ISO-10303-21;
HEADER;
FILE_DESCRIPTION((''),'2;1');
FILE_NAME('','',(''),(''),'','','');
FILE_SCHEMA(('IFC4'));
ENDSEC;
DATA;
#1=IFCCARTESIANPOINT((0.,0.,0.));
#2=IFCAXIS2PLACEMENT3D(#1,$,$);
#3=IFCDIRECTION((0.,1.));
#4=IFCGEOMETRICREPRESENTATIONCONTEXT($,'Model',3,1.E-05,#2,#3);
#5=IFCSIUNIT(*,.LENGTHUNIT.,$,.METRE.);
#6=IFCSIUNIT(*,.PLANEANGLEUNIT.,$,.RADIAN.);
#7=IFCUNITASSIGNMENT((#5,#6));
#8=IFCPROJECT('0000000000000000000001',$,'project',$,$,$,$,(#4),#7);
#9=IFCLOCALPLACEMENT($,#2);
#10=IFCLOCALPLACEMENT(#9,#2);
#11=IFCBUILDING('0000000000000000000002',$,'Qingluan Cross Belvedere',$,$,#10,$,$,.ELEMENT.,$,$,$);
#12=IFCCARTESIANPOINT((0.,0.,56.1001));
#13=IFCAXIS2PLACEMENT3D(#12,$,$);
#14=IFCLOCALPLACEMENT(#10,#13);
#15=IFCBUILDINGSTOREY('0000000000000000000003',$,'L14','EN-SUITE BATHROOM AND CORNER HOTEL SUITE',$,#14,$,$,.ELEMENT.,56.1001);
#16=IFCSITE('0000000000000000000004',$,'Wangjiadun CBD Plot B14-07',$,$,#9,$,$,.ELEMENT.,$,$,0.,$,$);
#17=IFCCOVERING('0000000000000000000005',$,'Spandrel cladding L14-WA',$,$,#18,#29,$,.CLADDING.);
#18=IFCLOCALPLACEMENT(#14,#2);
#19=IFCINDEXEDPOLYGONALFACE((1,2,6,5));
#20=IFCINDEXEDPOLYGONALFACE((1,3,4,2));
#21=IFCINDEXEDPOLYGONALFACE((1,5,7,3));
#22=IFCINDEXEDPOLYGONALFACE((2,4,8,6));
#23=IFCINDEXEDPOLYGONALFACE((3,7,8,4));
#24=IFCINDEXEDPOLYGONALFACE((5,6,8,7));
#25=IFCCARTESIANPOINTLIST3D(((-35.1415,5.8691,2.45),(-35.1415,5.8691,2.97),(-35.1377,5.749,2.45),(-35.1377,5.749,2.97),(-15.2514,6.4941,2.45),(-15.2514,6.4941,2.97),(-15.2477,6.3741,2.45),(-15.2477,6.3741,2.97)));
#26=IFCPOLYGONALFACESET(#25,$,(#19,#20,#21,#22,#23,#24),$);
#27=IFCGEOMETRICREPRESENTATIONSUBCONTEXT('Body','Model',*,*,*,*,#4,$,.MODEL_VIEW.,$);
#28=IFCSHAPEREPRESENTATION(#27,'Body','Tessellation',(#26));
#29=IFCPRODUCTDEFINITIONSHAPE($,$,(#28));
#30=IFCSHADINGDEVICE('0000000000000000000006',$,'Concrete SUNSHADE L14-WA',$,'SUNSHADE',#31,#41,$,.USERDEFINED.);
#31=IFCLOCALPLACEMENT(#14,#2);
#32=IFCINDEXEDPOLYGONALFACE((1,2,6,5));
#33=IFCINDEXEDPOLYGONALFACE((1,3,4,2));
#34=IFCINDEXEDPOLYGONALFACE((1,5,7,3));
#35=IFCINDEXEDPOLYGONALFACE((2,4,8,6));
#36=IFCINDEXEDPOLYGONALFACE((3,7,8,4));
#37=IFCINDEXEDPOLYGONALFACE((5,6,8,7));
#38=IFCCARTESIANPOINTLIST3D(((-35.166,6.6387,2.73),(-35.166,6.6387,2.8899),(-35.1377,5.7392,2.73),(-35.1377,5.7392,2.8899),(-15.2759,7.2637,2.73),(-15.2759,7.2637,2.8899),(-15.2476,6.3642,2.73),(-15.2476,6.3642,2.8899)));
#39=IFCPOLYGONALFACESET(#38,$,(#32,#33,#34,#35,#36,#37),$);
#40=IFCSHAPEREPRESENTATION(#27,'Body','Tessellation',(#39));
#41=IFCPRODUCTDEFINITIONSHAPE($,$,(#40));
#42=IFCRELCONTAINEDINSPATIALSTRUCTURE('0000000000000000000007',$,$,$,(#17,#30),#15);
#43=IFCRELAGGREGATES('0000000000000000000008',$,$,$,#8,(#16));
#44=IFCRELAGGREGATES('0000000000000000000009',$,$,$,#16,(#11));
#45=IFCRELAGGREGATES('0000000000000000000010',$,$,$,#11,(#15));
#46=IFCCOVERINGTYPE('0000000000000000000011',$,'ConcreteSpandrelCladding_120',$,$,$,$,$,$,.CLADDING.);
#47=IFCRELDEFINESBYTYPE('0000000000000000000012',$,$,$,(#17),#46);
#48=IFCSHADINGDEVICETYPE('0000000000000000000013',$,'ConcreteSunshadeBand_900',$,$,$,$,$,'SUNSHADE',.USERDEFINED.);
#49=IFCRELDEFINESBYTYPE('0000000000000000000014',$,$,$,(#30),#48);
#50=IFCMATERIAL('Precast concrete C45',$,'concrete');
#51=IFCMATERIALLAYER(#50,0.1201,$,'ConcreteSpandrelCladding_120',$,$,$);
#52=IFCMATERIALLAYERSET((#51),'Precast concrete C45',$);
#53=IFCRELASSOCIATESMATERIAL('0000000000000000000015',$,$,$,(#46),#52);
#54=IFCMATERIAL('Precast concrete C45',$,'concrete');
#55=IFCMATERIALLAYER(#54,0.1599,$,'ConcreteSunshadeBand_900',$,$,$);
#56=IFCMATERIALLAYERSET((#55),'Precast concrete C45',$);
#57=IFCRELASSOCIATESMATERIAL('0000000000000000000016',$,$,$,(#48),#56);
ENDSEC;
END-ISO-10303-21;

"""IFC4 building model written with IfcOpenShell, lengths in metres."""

from ifc_helpers import new_model, si_unit, direction, frame, origin, origin_2d, place, context, subcontext, project, spatial, rectangle, extrude, material, layer, layer_set, type_object, element, save


model = new_model("IFC4")

# Units and contexts
model_context = context("Model", 3, precision=1e-05, world=origin(), true_north=direction((0.0, 1.0)))
body_context = subcontext(model_context, "Body", "Model", "MODEL_VIEW")
ifc_project = project(units=[si_unit("LENGTHUNIT", "METRE"), si_unit("PLANEANGLEUNIT", "RADIAN")], contexts=[model_context])

# Site, building, storey
site_placement = place(None, origin())
site = spatial("IfcSite", under=ifc_project, at=site_placement, Name="Wangjiadun CBD Plot B14-07", CompositionType="ELEMENT", RefElevation=0.0)
building_placement = place(site_placement, origin())
building = spatial("IfcBuilding", under=site, at=building_placement, Name="Qingluan Cross Belvedere", CompositionType="ELEMENT")
storey_placement = place(building_placement, frame((0.0, 0.0, 56.1001)))
storey = spatial("IfcBuildingStorey", under=building, at=storey_placement, Name="L14", Description="EN-SUITE BATHROOM AND CORNER HOTEL SUITE", CompositionType="ELEMENT", Elevation=56.1001)

# Covering
ifc_material_1 = material(Name="Precast concrete C45", Category="concrete")
ifc_layer_1 = layer(ifc_material_1, 0.1201, Name="ConcreteSpandrelCladding_120")
ifc_layer_set_1 = layer_set([ifc_layer_1], Name="Precast concrete C45")
covering_type = type_object("IfcCoveringType", Name="ConcreteSpandrelCladding_120", PredefinedType="CLADDING", material=ifc_layer_set_1)
covering_placement = place(storey_placement, frame((-25.1946, 6.1216, 2.45), z_axis=(0.0, 0.0, 1.0), x_axis=(-0.999507, -0.031408, 0.0)))
element("IfcCovering", 1, at=covering_placement, inside=storey, type_object=covering_type, Name="Spandrel cladding L14-WA", PredefinedType="CLADDING", context=body_context, shape_type="SweptSolid", body=[
    extrude(rectangle(XDim=19.8999, YDim=0.1201, at=origin_2d()), origin(), (0.0, 0.0, 1.0), 0.52),
])

# Shading device
ifc_material_2 = material(Name="Precast concrete C45", Category="concrete")
ifc_layer_2 = layer(ifc_material_2, 0.1599, Name="ConcreteSunshadeBand_900")
ifc_layer_set_2 = layer_set([ifc_layer_2], Name="Precast concrete C45")
shading_device_type = type_object("IfcShadingDeviceType", Name="ConcreteSunshadeBand_900", ElementType="SUNSHADE", PredefinedType="USERDEFINED", material=ifc_layer_set_2)
shading_device_placement = place(storey_placement, frame((-25.2068, 6.5015, 2.73), z_axis=(0.0, 0.0, 1.0), x_axis=(-0.999507, -0.031408, 0.0)))
element("IfcShadingDevice", 2, at=shading_device_placement, inside=storey, type_object=shading_device_type, Name="Concrete SUNSHADE L14-WA", ObjectType="SUNSHADE", PredefinedType="USERDEFINED", context=body_context, shape_type="SweptSolid", body=[
    extrude(rectangle(XDim=19.8999, YDim=0.8999, at=origin_2d()), origin(), (0.0, 0.0, 1.0), 0.1599),
])

save(model, "model.ifc")
